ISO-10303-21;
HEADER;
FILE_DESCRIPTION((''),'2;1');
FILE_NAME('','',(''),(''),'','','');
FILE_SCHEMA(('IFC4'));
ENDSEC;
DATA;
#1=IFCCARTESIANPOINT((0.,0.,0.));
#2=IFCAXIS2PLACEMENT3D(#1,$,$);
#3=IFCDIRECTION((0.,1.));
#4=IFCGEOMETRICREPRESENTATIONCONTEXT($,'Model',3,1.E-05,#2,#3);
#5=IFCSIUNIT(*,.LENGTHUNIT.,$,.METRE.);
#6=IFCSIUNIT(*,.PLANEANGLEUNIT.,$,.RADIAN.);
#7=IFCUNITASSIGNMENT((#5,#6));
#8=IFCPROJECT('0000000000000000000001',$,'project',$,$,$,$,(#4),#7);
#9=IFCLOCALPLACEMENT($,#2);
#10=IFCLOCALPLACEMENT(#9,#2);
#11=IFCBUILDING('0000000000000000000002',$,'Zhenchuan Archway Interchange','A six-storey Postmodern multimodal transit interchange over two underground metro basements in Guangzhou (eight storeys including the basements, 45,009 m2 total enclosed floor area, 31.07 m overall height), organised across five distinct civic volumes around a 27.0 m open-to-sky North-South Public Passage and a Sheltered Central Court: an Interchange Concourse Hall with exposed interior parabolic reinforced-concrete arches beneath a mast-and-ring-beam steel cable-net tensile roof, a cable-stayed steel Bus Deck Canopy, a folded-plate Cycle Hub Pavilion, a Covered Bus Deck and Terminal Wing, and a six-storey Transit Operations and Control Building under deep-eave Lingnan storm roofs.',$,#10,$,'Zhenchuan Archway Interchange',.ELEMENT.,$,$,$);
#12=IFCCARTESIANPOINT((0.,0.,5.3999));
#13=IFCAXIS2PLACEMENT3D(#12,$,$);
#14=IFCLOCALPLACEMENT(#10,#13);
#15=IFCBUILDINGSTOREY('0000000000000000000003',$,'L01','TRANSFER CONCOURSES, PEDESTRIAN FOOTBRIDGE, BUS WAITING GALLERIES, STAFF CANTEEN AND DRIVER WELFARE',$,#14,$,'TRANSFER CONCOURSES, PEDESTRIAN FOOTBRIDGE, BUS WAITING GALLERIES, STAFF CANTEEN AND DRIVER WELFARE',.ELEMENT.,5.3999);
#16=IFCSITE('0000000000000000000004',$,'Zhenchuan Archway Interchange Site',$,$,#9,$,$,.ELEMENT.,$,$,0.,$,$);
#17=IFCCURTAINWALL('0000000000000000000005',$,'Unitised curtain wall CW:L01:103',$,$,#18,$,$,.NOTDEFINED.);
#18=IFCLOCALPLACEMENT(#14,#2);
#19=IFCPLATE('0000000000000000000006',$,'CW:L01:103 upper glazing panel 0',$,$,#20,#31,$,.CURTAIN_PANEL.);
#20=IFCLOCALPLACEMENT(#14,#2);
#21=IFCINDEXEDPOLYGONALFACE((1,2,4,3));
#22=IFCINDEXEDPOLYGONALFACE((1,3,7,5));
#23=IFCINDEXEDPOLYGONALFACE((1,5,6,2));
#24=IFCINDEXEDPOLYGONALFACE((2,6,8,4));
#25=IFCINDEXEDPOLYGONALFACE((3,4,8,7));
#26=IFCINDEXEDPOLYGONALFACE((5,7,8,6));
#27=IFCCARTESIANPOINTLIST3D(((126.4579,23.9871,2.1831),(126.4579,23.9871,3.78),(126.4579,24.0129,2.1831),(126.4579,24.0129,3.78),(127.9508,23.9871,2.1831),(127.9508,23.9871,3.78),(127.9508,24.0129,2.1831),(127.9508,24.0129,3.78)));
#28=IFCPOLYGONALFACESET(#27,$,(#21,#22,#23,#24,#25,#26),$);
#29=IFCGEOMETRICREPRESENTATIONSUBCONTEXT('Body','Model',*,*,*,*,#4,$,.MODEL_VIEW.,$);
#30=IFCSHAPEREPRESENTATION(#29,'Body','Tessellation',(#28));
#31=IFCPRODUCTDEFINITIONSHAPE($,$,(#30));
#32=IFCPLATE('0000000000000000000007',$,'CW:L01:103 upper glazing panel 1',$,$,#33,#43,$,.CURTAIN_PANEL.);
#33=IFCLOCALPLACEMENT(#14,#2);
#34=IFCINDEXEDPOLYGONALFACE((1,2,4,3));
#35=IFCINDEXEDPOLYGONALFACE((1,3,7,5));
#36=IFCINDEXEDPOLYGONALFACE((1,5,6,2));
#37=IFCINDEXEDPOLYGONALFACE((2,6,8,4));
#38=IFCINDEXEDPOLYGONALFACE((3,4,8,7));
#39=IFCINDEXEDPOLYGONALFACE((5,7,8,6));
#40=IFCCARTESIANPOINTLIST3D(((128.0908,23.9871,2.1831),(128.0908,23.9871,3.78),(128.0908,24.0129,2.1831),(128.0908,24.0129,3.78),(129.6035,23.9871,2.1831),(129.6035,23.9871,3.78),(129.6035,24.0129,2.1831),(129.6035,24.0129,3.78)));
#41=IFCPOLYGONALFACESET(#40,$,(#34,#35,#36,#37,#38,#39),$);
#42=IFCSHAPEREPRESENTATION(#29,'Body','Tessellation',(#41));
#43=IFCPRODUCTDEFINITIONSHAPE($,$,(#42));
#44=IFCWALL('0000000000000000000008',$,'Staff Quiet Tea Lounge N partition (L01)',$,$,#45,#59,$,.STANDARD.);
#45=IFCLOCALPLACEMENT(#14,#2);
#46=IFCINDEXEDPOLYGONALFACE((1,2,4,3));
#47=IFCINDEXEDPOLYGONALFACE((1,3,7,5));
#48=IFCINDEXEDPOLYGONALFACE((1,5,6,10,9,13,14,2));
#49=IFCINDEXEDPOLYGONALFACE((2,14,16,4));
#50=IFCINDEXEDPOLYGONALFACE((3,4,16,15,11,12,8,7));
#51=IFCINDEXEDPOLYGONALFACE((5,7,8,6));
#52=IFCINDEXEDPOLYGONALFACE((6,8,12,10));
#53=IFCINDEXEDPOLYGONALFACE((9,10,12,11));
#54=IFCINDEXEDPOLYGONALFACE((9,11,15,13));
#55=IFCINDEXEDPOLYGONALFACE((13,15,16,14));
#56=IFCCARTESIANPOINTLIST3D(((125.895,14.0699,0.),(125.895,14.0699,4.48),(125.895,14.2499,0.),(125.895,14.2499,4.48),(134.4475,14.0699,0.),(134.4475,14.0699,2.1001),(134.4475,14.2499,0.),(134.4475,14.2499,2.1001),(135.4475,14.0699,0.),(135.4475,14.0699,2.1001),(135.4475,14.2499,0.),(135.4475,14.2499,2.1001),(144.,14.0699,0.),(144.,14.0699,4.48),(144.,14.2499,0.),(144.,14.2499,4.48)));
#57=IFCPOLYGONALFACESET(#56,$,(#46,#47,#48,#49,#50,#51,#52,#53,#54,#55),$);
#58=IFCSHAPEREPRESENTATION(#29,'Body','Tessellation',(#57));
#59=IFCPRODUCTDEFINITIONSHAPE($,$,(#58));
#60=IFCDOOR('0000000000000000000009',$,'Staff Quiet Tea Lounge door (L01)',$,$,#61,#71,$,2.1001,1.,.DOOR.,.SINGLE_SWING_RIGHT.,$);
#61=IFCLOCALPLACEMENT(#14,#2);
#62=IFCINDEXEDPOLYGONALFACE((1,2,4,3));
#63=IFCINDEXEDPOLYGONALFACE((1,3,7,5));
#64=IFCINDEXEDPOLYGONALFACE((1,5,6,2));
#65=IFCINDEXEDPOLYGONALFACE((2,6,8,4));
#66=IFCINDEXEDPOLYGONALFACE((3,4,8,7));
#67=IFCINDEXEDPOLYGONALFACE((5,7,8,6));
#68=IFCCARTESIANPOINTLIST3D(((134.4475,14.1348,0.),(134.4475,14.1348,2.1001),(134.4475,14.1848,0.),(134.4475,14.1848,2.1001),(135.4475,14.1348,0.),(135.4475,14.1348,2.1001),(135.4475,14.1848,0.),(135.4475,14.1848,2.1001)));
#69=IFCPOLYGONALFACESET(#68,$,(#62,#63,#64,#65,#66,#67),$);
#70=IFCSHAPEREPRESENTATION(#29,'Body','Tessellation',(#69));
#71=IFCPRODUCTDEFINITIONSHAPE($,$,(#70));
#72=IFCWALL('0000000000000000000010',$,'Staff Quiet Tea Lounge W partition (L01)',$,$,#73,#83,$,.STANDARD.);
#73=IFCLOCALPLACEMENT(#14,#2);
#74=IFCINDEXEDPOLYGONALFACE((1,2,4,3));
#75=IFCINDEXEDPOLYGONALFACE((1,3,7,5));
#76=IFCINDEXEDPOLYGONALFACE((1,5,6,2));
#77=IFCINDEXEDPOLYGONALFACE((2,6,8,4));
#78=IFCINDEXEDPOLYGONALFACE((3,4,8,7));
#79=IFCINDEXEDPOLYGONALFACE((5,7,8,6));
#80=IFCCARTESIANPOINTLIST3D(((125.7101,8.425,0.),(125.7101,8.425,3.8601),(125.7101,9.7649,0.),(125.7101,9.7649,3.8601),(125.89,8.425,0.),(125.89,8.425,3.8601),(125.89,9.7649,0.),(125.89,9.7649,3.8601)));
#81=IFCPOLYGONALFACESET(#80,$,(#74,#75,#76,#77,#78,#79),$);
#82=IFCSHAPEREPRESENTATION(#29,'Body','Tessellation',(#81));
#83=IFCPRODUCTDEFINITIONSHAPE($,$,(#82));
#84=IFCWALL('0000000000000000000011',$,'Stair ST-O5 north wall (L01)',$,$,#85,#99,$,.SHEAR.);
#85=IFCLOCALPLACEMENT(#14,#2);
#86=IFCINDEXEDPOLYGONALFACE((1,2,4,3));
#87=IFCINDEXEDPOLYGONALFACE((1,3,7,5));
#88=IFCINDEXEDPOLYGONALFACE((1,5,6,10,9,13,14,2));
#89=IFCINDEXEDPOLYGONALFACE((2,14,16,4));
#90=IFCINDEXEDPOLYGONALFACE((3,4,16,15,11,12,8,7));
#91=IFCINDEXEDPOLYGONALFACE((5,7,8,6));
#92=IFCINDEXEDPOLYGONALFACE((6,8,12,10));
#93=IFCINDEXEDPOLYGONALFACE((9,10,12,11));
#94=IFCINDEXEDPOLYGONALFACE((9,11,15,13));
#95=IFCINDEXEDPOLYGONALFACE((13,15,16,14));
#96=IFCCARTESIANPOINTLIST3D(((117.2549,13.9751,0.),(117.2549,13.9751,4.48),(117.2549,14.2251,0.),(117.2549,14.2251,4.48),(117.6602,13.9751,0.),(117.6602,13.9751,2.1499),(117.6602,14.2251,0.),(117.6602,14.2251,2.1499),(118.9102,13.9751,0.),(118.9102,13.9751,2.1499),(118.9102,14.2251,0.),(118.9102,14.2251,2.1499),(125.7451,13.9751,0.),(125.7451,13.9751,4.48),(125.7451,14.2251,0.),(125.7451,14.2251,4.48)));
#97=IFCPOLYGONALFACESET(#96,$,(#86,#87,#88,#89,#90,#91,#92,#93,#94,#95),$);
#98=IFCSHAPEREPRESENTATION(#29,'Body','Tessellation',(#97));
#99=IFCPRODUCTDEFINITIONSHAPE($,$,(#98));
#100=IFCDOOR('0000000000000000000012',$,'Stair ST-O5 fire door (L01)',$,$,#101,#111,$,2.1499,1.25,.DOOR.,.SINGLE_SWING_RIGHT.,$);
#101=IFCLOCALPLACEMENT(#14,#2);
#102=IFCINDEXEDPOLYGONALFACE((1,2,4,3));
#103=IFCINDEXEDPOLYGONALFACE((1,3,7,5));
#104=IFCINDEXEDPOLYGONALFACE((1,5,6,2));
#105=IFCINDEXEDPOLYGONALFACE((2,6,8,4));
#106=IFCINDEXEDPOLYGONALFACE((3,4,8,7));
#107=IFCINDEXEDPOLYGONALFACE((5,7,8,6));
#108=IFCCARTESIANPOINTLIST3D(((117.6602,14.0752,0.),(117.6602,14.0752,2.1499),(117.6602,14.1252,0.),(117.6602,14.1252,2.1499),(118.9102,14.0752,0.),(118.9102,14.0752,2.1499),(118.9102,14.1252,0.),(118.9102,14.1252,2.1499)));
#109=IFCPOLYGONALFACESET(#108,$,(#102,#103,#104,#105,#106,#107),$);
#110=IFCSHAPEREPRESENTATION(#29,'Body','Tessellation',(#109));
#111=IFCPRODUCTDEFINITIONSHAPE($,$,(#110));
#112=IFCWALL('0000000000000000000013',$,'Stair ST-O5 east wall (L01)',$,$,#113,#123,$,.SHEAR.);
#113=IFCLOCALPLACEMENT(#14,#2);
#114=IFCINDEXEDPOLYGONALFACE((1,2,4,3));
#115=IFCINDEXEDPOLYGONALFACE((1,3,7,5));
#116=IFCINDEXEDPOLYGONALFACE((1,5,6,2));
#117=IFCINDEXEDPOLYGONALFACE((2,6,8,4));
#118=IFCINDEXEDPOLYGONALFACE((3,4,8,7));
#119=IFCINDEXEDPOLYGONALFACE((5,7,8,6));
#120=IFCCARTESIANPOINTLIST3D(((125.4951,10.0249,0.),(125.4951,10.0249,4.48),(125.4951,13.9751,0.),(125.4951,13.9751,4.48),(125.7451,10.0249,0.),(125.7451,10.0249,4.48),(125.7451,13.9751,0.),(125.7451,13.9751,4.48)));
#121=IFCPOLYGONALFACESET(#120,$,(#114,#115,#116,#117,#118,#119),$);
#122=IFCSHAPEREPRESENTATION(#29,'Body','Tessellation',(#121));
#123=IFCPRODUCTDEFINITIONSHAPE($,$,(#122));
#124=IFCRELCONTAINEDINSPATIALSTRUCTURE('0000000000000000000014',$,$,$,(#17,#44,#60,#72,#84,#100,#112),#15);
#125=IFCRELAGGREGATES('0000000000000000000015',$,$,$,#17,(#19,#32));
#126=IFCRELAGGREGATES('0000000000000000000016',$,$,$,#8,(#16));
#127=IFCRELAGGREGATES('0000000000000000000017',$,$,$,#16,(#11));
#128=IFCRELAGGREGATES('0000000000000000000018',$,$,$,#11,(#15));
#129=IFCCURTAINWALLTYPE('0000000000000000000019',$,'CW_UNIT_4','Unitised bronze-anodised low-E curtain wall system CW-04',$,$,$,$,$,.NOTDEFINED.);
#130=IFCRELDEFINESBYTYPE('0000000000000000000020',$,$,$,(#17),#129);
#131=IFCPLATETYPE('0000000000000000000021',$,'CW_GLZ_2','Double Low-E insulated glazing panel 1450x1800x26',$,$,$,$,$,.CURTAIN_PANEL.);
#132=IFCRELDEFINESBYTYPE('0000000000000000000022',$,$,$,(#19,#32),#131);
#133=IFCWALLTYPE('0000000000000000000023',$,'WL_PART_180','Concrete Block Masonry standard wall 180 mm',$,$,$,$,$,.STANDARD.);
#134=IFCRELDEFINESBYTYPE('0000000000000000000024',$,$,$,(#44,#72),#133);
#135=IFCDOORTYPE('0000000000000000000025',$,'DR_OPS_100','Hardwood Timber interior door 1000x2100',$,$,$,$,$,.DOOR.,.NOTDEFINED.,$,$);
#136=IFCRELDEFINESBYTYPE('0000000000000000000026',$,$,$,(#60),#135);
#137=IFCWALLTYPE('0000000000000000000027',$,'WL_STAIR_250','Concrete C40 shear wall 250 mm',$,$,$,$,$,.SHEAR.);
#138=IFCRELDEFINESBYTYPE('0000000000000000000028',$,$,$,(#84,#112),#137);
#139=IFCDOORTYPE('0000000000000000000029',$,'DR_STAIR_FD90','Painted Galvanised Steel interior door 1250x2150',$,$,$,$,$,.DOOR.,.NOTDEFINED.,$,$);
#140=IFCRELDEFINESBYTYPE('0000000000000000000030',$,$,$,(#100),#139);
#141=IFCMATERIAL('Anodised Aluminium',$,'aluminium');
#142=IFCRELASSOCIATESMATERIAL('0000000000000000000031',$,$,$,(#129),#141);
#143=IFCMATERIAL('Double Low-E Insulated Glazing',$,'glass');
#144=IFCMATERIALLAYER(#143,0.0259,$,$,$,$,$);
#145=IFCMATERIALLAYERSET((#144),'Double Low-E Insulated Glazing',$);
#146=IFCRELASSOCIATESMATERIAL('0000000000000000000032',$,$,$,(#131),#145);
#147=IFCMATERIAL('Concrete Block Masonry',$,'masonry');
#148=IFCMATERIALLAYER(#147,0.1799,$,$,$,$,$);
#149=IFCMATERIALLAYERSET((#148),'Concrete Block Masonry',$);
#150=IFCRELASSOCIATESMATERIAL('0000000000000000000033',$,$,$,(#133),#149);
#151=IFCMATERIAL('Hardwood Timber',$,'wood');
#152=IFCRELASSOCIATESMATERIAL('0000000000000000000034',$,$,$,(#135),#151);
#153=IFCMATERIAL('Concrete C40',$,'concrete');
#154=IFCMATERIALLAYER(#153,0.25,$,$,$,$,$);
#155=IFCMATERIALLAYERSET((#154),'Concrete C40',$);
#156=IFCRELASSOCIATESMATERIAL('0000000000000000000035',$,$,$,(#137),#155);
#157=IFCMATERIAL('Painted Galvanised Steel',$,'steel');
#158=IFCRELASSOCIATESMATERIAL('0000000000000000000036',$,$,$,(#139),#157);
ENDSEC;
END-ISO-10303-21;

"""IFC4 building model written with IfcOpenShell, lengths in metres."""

from ifc_helpers import new_model, si_unit, direction, frame, frame_2d, origin, origin_2d, place, context, subcontext, project, spatial, rectangle, extrude, material, layer, layer_set, type_object, element, fill, aggregate, save


model = new_model("IFC4")

# Units and contexts
model_context = context("Model", 3, precision=1e-05, world=origin(), true_north=direction((0.0, 1.0)))
body_context = subcontext(model_context, "Body", "Model", "MODEL_VIEW")
ifc_project = project(units=[si_unit("LENGTHUNIT", "METRE"), si_unit("PLANEANGLEUNIT", "RADIAN")], contexts=[model_context])

# Site, building, storey
site_placement = place(None, origin())
site = spatial("IfcSite", under=ifc_project, at=site_placement, Name="Zhenchuan Archway Interchange Site", CompositionType="ELEMENT", RefElevation=0.0)
building_placement = place(site_placement, origin())
building = spatial("IfcBuilding", under=site, at=building_placement, Name="Zhenchuan Archway Interchange", Description="A six-storey Postmodern multimodal transit interchange over two underground metro basements in Guangzhou (eight storeys including the basements, 45,009 m2 total enclosed floor area, 31.07 m overall height), organised across five distinct civic volumes around a 27.0 m open-to-sky North-South Public Passage and a Sheltered Central Court: an Interchange Concourse Hall with exposed interior parabolic reinforced-concrete arches beneath a mast-and-ring-beam steel cable-net tensile roof, a cable-stayed steel Bus Deck Canopy, a folded-plate Cycle Hub Pavilion, a Covered Bus Deck and Terminal Wing, and a six-storey Transit Operations and Control Building under deep-eave Lingnan storm roofs.", LongName="Zhenchuan Archway Interchange", CompositionType="ELEMENT")
storey_placement = place(building_placement, frame((0.0, 0.0, 5.3999)))
storey = spatial("IfcBuildingStorey", under=building, at=storey_placement, Name="L01", Description="TRANSFER CONCOURSES, PEDESTRIAN FOOTBRIDGE, BUS WAITING GALLERIES, STAFF CANTEEN AND DRIVER WELFARE", LongName="TRANSFER CONCOURSES, PEDESTRIAN FOOTBRIDGE, BUS WAITING GALLERIES, STAFF CANTEEN AND DRIVER WELFARE", CompositionType="ELEMENT", Elevation=5.3999)

# Shared definitions
ifc_material_1 = material(Name="Concrete C40", Category="concrete")

# Shared definitions
ifc_material_2 = material(Name="Anodised Aluminium", Category="aluminium")
curtain_wall_type = type_object("IfcCurtainWallType", Name="CW_UNIT_4", Description="Unitised bronze-anodised low-E curtain wall system CW-04", PredefinedType="NOTDEFINED", material=ifc_material_2)

# Curtain wall
curtain_wall_1_placement = place(storey_placement, origin())
curtain_wall_1 = element("IfcCurtainWall", 1, at=curtain_wall_1_placement, inside=storey, type_object=curtain_wall_type, Name="Unitised curtain wall CW:L01:103", PredefinedType="NOTDEFINED")

# Plates
ifc_material_3 = material(Name="Double Low-E Insulated Glazing", Category="glass")
ifc_layer_1 = layer(ifc_material_3, 0.0259)
ifc_layer_set_1 = layer_set([ifc_layer_1], Name="Double Low-E Insulated Glazing")
plate_type_1 = type_object("IfcPlateType", Name="CW_GLZ_2", Description="Double Low-E insulated glazing panel 1450x1800x26", PredefinedType="CURTAIN_PANEL", material=ifc_layer_set_1)
plate_1_placement = place(storey_placement, frame((127.2043, 24.0, 2.1831), z_axis=(0.0, 0.0, 1.0), x_axis=(1.0, 0.0, 0.0)))
plate_1 = element("IfcPlate", 2, at=plate_1_placement, type_object=plate_type_1, Name="CW:L01:103 upper glazing panel 0", PredefinedType="CURTAIN_PANEL", context=body_context, shape_type="SweptSolid", body=[
    extrude(rectangle(XDim=1.4929, YDim=0.0259, at=origin_2d()), origin(), (0.0, 0.0, 1.0), 1.5969),
])
plate_2_placement = place(storey_placement, frame((128.8472, 24.0, 2.1831), z_axis=(0.0, 0.0, 1.0), x_axis=(1.0, 0.0, 0.0)))
plate_2 = element("IfcPlate", 3, at=plate_2_placement, type_object=plate_type_1, Name="CW:L01:103 upper glazing panel 1", PredefinedType="CURTAIN_PANEL", context=body_context, shape_type="SweptSolid", body=[
    extrude(rectangle(XDim=1.5127, YDim=0.0259, at=origin_2d()), origin(), (0.0, 0.0, 1.0), 1.5969),
])
aggregate(curtain_wall_1, [plate_1, plate_2])

# Wall, opening, door
ifc_material_4 = material(Name="Concrete Block Masonry", Category="masonry")
ifc_layer_2 = layer(ifc_material_4, 0.1799)
ifc_layer_set_2 = layer_set([ifc_layer_2], Name="Concrete Block Masonry")
wall_type_1 = type_object("IfcWallType", Name="WL_PART_180", Description="Concrete Block Masonry standard wall 180 mm", PredefinedType="STANDARD", material=ifc_layer_set_2)
wall_1_placement = place(storey_placement, frame((125.895, 14.1599, 0.0), z_axis=(0.0, 0.0, 1.0), x_axis=(1.0, 0.0, 0.0)))
wall_1 = element("IfcWall", 4, at=wall_1_placement, inside=storey, type_object=wall_type_1, Name="Staff Quiet Tea Lounge N partition (L01)", PredefinedType="STANDARD", context=body_context, shape_type="SweptSolid", body=[
    extrude(rectangle(XDim=18.105, YDim=0.1799, at=frame_2d((9.0525, 0.0))), origin(), (0.0, 0.0, 1.0), 4.48),
])
opening_1_placement = place(wall_1_placement, frame((8.5525, 0.0, 0.0)))
opening_1 = element("IfcOpeningElement", 5, at=opening_1_placement, cuts=wall_1, PredefinedType="OPENING", context=body_context, shape_type="SweptSolid", body=[
    extrude(rectangle(XDim=1.0, YDim=2.1001, at=frame_2d((0.5, 1.05))), frame((0.0, 0.1021, 0.0), z_axis=(0.0, -1.0, 0.0), x_axis=(1.0, 0.0, 0.0)), (0.0, 0.0, 1.0), 0.2039),
])
ifc_material_5 = material(Name="Hardwood Timber", Category="wood")
door_type_1 = type_object("IfcDoorType", Name="DR_OPS_100", Description="Hardwood Timber interior door 1000x2100", OperationType="NOTDEFINED", PredefinedType="DOOR", material=ifc_material_5)
door_1_placement = place(opening_1_placement, origin())
door_1 = element("IfcDoor", 6, at=door_1_placement, inside=storey, type_object=door_type_1, Name="Staff Quiet Tea Lounge door (L01)", OperationType="SINGLE_SWING_RIGHT", OverallHeight=2.1001, OverallWidth=1.0, PredefinedType="DOOR", context=body_context, shape_type="SweptSolid", body=[
    extrude(rectangle(XDim=1.0, YDim=2.1001, at=frame_2d((0.5, 1.05))), frame((0.0, 0.0249, 0.0), z_axis=(0.0, -1.0, 0.0), x_axis=(1.0, 0.0, 0.0)), (0.0, 0.0, 1.0), 0.05),
])
fill(opening_1, door_1)

# Wall
wall_2_placement = place(storey_placement, frame((125.8, 8.425, 0.0), z_axis=(0.0, 0.0, 1.0), x_axis=(0.0, 1.0, 0.0)))
element("IfcWall", 7, at=wall_2_placement, inside=storey, type_object=wall_type_1, Name="Staff Quiet Tea Lounge W partition (L01)", PredefinedType="STANDARD", context=body_context, shape_type="SweptSolid", body=[
    extrude(rectangle(XDim=1.3398, YDim=0.1799, at=frame_2d((0.6699, 0.0))), origin(), (0.0, 0.0, 1.0), 3.8601),
])

# Wall, opening, door
ifc_layer_3 = layer(ifc_material_1, 0.25)
ifc_layer_set_3 = layer_set([ifc_layer_3], Name="Concrete C40")
wall_type_2 = type_object("IfcWallType", Name="WL_STAIR_250", Description="Concrete C40 shear wall 250 mm", PredefinedType="SHEAR", material=ifc_layer_set_3)
wall_3_placement = place(storey_placement, frame((125.7451, 14.1001, 0.0), z_axis=(0.0, 0.0, 1.0), x_axis=(-1.0, 0.0, 0.0)))
wall_3 = element("IfcWall", 8, at=wall_3_placement, inside=storey, type_object=wall_type_2, Name="Stair ST-O5 north wall (L01)", PredefinedType="SHEAR", context=body_context, shape_type="SweptSolid", body=[
    extrude(rectangle(XDim=8.4902, YDim=0.25, at=frame_2d((4.2451, 0.0))), origin(), (0.0, 0.0, 1.0), 4.48),
])
opening_2_placement = place(wall_3_placement, frame((6.835, 0.0, 0.0)))
opening_2 = element("IfcOpeningElement", 9, at=opening_2_placement, cuts=wall_3, PredefinedType="OPENING", context=body_context, shape_type="SweptSolid", body=[
    extrude(rectangle(XDim=1.25, YDim=2.1499, at=frame_2d((0.625, 1.075))), frame((0.0, 0.137, 0.0), z_axis=(0.0, -1.0, 0.0), x_axis=(1.0, 0.0, 0.0)), (0.0, 0.0, 1.0), 0.2739),
])
ifc_material_6 = material(Name="Painted Galvanised Steel", Category="steel")
door_type_2 = type_object("IfcDoorType", Name="DR_STAIR_FD90", Description="Painted Galvanised Steel interior door 1250x2150", OperationType="NOTDEFINED", PredefinedType="DOOR", material=ifc_material_6)
door_2_placement = place(opening_2_placement, origin())
door_2 = element("IfcDoor", 10, at=door_2_placement, inside=storey, type_object=door_type_2, Name="Stair ST-O5 fire door (L01)", OperationType="SINGLE_SWING_RIGHT", OverallHeight=2.1499, OverallWidth=1.25, PredefinedType="DOOR", context=body_context, shape_type="SweptSolid", body=[
    extrude(rectangle(XDim=1.25, YDim=2.1499, at=frame_2d((0.625, 1.075))), frame((0.0, 0.0249, 0.0), z_axis=(0.0, -1.0, 0.0), x_axis=(1.0, 0.0, 0.0)), (0.0, 0.0, 1.0), 0.05),
])
fill(opening_2, door_2)

# Wall
wall_4_placement = place(storey_placement, frame((125.6201, 10.0249, 0.0), z_axis=(0.0, 0.0, 1.0), x_axis=(0.0, 1.0, 0.0)))
element("IfcWall", 11, at=wall_4_placement, inside=storey, type_object=wall_type_2, Name="Stair ST-O5 east wall (L01)", PredefinedType="SHEAR", context=body_context, shape_type="SweptSolid", body=[
    extrude(rectangle(XDim=3.9502, YDim=0.25, at=frame_2d((1.9751, 0.0))), origin(), (0.0, 0.0, 1.0), 4.48),
])

save(model, "model.ifc")
